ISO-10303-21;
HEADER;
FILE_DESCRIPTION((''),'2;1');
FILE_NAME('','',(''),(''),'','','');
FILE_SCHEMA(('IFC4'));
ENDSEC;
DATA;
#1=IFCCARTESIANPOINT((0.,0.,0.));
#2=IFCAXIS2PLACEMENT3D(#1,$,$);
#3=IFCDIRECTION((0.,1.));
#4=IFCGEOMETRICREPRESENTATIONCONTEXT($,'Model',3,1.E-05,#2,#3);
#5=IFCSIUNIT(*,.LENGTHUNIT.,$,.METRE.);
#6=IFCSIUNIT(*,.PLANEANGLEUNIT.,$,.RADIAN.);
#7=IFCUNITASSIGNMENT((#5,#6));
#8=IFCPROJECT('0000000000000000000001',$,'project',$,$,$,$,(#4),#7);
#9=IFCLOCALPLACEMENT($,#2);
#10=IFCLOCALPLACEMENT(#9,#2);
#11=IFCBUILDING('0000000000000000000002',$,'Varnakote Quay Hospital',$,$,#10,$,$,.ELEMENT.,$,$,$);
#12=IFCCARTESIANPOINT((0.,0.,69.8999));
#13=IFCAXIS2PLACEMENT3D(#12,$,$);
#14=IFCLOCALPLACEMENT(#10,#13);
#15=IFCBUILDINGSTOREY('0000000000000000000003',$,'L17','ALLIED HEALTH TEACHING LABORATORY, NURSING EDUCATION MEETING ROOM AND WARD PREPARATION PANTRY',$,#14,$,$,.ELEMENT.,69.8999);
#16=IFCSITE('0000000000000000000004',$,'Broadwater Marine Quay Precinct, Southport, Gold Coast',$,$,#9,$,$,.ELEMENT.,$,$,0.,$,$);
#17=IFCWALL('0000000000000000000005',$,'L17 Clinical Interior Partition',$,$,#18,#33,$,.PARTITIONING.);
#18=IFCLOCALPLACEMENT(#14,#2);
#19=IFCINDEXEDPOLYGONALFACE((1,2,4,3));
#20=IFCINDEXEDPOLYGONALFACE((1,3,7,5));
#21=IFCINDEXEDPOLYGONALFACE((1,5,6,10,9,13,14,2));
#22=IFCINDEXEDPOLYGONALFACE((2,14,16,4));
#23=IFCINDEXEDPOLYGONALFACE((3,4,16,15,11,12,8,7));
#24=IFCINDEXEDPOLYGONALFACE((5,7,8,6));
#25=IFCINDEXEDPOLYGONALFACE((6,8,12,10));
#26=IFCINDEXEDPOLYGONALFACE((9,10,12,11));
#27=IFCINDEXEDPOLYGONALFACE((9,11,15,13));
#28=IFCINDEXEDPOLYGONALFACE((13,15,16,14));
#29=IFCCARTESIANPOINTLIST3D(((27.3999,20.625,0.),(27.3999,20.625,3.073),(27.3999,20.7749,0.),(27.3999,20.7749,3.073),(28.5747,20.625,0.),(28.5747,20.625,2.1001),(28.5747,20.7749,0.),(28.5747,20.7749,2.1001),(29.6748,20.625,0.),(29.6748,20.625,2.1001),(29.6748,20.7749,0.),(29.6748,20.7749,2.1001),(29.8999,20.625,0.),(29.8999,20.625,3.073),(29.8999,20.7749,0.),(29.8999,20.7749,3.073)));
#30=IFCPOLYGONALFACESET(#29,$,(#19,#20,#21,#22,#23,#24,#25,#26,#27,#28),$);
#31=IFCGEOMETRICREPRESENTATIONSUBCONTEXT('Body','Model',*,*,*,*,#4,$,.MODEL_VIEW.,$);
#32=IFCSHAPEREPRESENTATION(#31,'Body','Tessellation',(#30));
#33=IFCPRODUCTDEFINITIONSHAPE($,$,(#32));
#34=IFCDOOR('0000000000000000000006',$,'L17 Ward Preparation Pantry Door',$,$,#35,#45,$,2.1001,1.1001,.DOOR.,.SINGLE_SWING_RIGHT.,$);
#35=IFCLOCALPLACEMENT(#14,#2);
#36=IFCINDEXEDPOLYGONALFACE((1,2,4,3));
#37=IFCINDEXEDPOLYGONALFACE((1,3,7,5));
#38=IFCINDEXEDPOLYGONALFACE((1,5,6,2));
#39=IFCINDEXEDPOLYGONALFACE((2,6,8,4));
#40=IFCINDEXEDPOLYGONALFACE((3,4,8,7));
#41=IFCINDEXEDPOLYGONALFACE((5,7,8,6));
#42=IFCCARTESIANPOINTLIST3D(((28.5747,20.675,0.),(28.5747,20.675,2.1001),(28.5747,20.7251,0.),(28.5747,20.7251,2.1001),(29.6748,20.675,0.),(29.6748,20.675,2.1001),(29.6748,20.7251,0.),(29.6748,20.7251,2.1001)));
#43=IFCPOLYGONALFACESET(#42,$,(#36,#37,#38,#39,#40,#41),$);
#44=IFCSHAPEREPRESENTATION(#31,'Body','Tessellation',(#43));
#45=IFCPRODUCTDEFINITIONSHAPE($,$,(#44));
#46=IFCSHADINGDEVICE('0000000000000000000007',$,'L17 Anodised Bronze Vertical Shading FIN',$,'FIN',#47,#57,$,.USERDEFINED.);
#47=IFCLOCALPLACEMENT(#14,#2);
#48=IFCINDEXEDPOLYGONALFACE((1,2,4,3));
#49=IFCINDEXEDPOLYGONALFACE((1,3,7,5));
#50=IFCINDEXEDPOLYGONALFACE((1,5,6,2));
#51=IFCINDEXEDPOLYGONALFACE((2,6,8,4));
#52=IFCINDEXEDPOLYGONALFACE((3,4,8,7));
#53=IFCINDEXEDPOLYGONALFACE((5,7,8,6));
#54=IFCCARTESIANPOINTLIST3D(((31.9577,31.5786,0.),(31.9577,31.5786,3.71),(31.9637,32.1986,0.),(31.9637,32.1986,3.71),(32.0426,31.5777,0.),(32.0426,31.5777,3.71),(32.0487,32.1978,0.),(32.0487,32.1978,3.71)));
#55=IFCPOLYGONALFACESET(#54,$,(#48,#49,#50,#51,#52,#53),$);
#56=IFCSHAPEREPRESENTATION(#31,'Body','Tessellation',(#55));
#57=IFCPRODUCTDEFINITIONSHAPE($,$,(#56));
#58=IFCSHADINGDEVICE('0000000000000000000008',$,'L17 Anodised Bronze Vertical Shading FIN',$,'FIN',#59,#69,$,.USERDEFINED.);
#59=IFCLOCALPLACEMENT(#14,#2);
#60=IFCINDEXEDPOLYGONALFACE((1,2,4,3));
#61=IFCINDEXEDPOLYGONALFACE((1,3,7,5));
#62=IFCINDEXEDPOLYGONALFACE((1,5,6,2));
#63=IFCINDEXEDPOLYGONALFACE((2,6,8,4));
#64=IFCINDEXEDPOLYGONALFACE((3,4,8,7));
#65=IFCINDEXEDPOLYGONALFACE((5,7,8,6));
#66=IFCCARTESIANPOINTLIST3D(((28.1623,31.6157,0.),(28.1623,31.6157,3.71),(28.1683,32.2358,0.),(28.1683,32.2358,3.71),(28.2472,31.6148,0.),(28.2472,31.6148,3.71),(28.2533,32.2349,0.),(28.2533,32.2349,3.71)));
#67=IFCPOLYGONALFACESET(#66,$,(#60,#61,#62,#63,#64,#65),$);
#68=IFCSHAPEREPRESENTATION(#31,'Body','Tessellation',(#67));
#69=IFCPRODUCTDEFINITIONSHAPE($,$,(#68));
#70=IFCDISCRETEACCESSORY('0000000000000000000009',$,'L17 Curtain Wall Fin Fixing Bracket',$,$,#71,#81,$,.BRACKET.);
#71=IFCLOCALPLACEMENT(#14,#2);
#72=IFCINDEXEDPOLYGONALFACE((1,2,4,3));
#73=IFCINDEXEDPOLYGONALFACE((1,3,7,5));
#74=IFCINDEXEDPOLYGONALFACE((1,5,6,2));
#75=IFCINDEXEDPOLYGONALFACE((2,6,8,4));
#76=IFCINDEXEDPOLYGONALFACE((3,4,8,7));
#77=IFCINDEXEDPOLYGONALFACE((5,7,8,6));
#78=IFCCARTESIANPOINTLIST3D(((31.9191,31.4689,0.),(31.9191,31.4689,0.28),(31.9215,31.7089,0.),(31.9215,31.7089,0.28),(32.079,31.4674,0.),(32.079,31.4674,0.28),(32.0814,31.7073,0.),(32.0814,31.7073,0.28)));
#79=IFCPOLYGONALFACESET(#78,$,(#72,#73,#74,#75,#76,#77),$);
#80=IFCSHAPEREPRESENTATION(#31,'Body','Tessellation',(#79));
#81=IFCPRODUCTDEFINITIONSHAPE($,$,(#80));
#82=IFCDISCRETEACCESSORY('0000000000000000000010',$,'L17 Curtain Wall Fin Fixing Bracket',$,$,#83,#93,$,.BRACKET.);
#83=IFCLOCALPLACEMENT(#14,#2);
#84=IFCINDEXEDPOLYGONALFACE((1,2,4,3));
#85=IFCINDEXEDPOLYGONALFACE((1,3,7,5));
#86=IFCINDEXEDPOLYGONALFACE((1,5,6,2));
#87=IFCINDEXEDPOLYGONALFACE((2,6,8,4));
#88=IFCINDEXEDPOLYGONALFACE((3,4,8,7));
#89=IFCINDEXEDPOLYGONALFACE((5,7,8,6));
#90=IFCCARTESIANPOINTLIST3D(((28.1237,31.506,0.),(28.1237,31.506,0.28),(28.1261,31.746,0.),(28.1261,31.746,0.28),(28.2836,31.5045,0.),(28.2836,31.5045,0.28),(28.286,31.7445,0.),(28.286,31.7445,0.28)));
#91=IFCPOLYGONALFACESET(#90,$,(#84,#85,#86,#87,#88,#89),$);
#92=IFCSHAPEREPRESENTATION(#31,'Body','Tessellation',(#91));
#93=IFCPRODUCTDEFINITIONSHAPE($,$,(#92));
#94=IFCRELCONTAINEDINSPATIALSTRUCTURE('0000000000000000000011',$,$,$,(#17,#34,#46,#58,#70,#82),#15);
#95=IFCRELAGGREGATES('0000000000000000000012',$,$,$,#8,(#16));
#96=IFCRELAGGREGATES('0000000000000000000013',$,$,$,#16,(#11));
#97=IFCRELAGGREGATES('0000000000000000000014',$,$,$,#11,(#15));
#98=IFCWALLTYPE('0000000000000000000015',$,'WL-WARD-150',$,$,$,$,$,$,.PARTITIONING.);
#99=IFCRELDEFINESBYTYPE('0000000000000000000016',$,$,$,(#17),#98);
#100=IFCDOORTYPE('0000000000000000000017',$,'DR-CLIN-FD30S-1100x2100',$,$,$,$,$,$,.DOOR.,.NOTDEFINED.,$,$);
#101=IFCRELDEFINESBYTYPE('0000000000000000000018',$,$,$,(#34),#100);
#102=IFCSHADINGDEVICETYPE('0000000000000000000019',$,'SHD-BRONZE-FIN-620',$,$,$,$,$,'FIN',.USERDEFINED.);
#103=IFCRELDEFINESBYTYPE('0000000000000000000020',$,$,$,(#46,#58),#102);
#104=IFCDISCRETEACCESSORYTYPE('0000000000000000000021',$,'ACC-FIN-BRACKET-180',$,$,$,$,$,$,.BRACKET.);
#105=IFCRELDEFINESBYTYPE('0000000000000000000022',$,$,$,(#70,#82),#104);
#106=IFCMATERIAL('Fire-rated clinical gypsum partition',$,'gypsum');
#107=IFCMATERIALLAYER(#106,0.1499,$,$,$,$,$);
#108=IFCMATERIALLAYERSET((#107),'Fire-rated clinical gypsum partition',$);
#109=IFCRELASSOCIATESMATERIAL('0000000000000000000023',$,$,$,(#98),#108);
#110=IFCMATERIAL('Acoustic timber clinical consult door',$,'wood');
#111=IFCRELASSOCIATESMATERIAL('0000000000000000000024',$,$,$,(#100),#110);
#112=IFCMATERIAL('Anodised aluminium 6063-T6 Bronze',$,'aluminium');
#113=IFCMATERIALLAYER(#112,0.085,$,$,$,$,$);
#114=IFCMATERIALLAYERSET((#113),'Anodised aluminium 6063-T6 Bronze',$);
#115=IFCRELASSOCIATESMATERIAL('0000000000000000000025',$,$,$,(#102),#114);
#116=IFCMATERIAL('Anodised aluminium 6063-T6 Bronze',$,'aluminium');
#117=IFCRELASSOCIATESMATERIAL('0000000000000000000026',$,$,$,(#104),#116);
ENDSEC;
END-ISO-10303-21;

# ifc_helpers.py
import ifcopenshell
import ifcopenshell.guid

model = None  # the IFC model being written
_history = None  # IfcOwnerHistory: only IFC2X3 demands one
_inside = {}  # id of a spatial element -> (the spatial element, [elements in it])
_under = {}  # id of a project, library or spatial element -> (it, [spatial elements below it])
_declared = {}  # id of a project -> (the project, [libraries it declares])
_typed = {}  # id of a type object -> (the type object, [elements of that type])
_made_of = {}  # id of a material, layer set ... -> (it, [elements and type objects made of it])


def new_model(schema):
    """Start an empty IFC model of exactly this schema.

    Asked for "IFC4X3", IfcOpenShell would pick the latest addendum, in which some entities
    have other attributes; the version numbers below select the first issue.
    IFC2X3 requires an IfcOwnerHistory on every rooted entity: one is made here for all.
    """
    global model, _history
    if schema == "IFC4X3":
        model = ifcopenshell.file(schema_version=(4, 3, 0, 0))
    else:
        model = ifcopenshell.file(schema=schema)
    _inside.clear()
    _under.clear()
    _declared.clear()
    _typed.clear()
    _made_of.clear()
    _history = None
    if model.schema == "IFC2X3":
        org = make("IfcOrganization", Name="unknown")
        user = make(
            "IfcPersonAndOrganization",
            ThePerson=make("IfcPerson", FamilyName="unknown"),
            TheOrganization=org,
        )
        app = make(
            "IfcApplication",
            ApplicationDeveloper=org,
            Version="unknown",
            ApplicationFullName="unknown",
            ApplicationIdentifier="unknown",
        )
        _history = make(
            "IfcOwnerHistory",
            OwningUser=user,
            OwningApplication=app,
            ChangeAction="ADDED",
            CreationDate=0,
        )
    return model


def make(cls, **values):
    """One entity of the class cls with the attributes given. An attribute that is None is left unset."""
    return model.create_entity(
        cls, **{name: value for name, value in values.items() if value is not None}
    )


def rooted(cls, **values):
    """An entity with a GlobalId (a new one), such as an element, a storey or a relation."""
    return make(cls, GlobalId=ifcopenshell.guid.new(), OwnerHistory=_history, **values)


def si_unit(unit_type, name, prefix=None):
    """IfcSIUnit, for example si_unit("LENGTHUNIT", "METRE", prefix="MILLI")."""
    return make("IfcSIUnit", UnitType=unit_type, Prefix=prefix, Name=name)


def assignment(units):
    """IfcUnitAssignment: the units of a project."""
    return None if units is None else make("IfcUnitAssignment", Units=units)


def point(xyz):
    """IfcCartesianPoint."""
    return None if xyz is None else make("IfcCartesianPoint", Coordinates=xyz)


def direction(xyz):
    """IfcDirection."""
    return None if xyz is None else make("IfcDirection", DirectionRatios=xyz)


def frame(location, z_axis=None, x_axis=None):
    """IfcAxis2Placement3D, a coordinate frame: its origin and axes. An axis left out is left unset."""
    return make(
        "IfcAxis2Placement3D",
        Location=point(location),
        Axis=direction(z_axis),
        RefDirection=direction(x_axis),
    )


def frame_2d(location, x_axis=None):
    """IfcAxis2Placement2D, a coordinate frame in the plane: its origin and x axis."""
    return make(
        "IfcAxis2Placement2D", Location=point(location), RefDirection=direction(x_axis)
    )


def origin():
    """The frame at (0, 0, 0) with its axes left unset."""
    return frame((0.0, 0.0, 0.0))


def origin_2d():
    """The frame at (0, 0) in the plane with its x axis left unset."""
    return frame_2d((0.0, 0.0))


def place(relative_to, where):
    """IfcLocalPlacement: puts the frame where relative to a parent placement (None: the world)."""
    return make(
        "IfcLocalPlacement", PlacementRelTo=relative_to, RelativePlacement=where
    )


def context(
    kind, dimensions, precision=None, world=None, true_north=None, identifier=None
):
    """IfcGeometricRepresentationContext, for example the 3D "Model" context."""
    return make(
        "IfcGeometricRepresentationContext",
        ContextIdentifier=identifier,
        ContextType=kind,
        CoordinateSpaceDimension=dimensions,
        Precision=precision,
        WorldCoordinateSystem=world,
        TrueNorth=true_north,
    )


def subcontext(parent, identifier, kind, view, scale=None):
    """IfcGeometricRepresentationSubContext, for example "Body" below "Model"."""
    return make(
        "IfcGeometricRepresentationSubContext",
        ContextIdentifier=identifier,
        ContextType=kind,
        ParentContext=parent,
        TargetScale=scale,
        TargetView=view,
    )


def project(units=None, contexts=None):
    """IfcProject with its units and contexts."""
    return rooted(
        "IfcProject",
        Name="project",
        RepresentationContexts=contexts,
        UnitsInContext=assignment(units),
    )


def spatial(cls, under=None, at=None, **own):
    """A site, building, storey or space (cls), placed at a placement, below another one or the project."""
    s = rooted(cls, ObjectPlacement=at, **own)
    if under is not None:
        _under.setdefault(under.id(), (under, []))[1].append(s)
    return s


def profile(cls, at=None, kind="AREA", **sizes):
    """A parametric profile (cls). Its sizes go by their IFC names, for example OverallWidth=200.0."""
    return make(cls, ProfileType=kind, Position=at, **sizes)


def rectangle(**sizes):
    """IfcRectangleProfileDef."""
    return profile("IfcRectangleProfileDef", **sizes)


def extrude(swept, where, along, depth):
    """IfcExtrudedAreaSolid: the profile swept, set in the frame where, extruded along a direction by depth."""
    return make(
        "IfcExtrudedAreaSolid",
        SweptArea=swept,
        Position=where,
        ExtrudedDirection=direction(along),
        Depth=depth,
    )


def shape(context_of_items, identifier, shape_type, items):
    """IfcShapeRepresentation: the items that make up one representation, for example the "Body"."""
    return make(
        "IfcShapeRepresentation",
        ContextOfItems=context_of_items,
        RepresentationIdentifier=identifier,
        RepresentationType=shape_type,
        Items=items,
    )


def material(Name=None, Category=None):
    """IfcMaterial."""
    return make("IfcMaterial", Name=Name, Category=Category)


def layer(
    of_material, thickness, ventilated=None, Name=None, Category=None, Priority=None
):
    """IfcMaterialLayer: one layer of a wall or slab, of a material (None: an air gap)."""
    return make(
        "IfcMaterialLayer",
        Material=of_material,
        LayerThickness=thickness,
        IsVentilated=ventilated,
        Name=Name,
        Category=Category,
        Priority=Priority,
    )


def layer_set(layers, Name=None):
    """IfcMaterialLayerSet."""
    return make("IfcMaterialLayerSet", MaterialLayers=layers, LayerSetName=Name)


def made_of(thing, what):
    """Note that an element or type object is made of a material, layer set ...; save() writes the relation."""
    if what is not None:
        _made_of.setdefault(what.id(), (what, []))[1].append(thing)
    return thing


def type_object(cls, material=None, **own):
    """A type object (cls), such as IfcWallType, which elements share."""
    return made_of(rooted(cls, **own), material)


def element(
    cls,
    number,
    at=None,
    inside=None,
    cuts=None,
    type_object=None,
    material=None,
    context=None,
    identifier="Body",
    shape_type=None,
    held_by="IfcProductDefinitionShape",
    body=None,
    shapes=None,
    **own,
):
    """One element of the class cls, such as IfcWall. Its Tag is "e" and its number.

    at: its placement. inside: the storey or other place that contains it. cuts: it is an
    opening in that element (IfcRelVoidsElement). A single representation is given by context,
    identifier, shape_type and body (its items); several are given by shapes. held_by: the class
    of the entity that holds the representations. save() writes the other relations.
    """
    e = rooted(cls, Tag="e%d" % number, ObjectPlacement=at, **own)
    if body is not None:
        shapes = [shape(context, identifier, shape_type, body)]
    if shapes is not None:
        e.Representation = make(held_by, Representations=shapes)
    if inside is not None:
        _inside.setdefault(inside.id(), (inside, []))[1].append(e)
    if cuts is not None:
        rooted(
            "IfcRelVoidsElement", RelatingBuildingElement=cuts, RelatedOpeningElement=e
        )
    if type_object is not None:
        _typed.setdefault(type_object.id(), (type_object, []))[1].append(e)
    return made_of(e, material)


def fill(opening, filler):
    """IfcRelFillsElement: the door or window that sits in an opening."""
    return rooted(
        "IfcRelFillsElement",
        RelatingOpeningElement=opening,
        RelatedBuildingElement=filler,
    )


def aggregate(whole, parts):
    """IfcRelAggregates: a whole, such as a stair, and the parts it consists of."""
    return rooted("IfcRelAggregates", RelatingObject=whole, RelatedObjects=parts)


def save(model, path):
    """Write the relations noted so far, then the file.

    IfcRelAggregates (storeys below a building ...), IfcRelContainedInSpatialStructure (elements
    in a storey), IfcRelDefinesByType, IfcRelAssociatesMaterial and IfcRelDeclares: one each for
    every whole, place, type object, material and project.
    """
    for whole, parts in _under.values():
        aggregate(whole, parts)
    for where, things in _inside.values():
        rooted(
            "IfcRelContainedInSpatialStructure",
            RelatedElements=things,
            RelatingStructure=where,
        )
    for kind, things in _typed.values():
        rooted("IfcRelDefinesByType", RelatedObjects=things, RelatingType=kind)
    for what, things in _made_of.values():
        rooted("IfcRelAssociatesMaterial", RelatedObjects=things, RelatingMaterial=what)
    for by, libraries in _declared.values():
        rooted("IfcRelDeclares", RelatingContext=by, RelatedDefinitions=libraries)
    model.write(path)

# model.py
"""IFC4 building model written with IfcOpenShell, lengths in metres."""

from ifc_helpers import new_model, si_unit, direction, frame, frame_2d, origin, origin_2d, place, context, subcontext, project, spatial, rectangle, extrude, material, layer, layer_set, type_object, element, fill, save


model = new_model("IFC4")

# Units and contexts
model_context = context("Model", 3, precision=1e-05, world=origin(), true_north=direction((0.0, 1.0)))
body_context = subcontext(model_context, "Body", "Model", "MODEL_VIEW")
ifc_project = project(units=[si_unit("LENGTHUNIT", "METRE"), si_unit("PLANEANGLEUNIT", "RADIAN")], contexts=[model_context])

# Site, building, storey
site_placement = place(None, origin())
site = spatial("IfcSite", under=ifc_project, at=site_placement, Name="Broadwater Marine Quay Precinct, Southport, Gold Coast", CompositionType="ELEMENT", RefElevation=0.0)
building_placement = place(site_placement, origin())
building = spatial("IfcBuilding", under=site, at=building_placement, Name="Varnakote Quay Hospital", CompositionType="ELEMENT")
storey_placement = place(building_placement, frame((0.0, 0.0, 69.8999)))
storey = spatial("IfcBuildingStorey", under=building, at=storey_placement, Name="L17", Description="ALLIED HEALTH TEACHING LABORATORY, NURSING EDUCATION MEETING ROOM AND WARD PREPARATION PANTRY", CompositionType="ELEMENT", Elevation=69.8999)

# Wall, opening, door
ifc_material_1 = material(Name="Fire-rated clinical gypsum partition", Category="gypsum")
ifc_layer_1 = layer(ifc_material_1, 0.1499)
ifc_layer_set_1 = layer_set([ifc_layer_1], Name="Fire-rated clinical gypsum partition")
wall_type = type_object("IfcWallType", Name="WL-WARD-150", PredefinedType="PARTITIONING", material=ifc_layer_set_1)
wall_placement = place(storey_placement, frame((29.8999, 20.7, 0.0), z_axis=(0.0, 0.0, 1.0), x_axis=(-1.0, 0.0, 0.0)))
wall = element("IfcWall", 1, at=wall_placement, inside=storey, type_object=wall_type, Name="L17 Clinical Interior Partition", PredefinedType="PARTITIONING", context=body_context, shape_type="SweptSolid", body=[
    extrude(rectangle(XDim=2.5, YDim=0.1499, at=frame_2d((1.25, 0.0))), origin(), (0.0, 0.0, 1.0), 3.073),
])
opening_placement = place(wall_placement, frame((0.2251, 0.0, 0.0)))
opening = element("IfcOpeningElement", 2, at=opening_placement, cuts=wall, PredefinedType="OPENING", context=body_context, shape_type="SweptSolid", body=[
    extrude(rectangle(XDim=1.1001, YDim=2.1001, at=frame_2d((0.55, 1.05))), frame((0.0, 0.085, 0.0), z_axis=(0.0, -1.0, 0.0), x_axis=(1.0, 0.0, 0.0)), (0.0, 0.0, 1.0), 0.1699),
])
ifc_material_2 = material(Name="Acoustic timber clinical consult door", Category="wood")
door_type = type_object("IfcDoorType", Name="DR-CLIN-FD30S-1100x2100", OperationType="NOTDEFINED", PredefinedType="DOOR", material=ifc_material_2)
door_placement = place(opening_placement, origin())
door = element("IfcDoor", 3, at=door_placement, inside=storey, type_object=door_type, Name="L17 Ward Preparation Pantry Door", OperationType="SINGLE_SWING_RIGHT", OverallHeight=2.1001, OverallWidth=1.1001, PredefinedType="DOOR", context=body_context, shape_type="SweptSolid", body=[
    extrude(rectangle(XDim=1.1001, YDim=2.1001, at=frame_2d((0.55, 1.05))), frame((0.0, 0.0249, 0.0), z_axis=(0.0, -1.0, 0.0), x_axis=(1.0, 0.0, 0.0)), (0.0, 0.0, 1.0), 0.05),
])
fill(opening, door)

# Shading devices
ifc_material_3 = material(Name="Anodised aluminium 6063-T6 Bronze", Category="aluminium")
ifc_layer_2 = layer(ifc_material_3, 0.085)
ifc_layer_set_2 = layer_set([ifc_layer_2], Name="Anodised aluminium 6063-T6 Bronze")
shading_device_type = type_object("IfcShadingDeviceType", Name="SHD-BRONZE-FIN-620", ElementType="FIN", PredefinedType="USERDEFINED", material=ifc_layer_set_2)
for number, where, z_axis, x_axis, name in (
    (4, (32.0032, 31.8882, 0.0), (0.0, 0.0, 1.0), (-0.009774, -0.999952, 0.0), "L17 Anodised Bronze Vertical Shading FIN"),
    (5, (28.2078, 31.9253, 0.0), (0.0, 0.0, 1.0), (-0.009774, -0.999952, 0.0), "L17 Anodised Bronze Vertical Shading FIN"),
):
    element("IfcShadingDevice", number, at=place(storey_placement, frame(where, z_axis=z_axis, x_axis=x_axis)), inside=storey, type_object=shading_device_type, Name=name, ObjectType="FIN", PredefinedType="USERDEFINED", context=body_context, shape_type="SweptSolid", body=[
        extrude(rectangle(XDim=0.6201, YDim=0.085, at=origin_2d()), origin(), (0.0, 0.0, 1.0), 3.71),
    ])

# Discrete accessories
ifc_material_4 = material(Name="Anodised aluminium 6063-T6 Bronze", Category="aluminium")
discrete_accessory_type = type_object("IfcDiscreteAccessoryType", Name="ACC-FIN-BRACKET-180", PredefinedType="BRACKET", material=ifc_material_4)
for number, where, z_axis, x_axis, name in (
    (6, (32.0002, 31.5881, 0.0), (0.0, 0.0, 1.0), (-0.999952, 0.009774, 0.0), "L17 Curtain Wall Fin Fixing Bracket"),
    (7, (28.2048, 31.6252, 0.0), (0.0, 0.0, 1.0), (-0.999952, 0.009774, 0.0), "L17 Curtain Wall Fin Fixing Bracket"),
):
    element("IfcDiscreteAccessory", number, at=place(storey_placement, frame(where, z_axis=z_axis, x_axis=x_axis)), inside=storey, type_object=discrete_accessory_type, Name=name, PredefinedType="BRACKET", context=body_context, shape_type="SweptSolid", body=[
        extrude(rectangle(XDim=0.1599, YDim=0.24, at=origin_2d()), origin(), (0.0, 0.0, 1.0), 0.28),
    ])

save(model, "model.ifc")
